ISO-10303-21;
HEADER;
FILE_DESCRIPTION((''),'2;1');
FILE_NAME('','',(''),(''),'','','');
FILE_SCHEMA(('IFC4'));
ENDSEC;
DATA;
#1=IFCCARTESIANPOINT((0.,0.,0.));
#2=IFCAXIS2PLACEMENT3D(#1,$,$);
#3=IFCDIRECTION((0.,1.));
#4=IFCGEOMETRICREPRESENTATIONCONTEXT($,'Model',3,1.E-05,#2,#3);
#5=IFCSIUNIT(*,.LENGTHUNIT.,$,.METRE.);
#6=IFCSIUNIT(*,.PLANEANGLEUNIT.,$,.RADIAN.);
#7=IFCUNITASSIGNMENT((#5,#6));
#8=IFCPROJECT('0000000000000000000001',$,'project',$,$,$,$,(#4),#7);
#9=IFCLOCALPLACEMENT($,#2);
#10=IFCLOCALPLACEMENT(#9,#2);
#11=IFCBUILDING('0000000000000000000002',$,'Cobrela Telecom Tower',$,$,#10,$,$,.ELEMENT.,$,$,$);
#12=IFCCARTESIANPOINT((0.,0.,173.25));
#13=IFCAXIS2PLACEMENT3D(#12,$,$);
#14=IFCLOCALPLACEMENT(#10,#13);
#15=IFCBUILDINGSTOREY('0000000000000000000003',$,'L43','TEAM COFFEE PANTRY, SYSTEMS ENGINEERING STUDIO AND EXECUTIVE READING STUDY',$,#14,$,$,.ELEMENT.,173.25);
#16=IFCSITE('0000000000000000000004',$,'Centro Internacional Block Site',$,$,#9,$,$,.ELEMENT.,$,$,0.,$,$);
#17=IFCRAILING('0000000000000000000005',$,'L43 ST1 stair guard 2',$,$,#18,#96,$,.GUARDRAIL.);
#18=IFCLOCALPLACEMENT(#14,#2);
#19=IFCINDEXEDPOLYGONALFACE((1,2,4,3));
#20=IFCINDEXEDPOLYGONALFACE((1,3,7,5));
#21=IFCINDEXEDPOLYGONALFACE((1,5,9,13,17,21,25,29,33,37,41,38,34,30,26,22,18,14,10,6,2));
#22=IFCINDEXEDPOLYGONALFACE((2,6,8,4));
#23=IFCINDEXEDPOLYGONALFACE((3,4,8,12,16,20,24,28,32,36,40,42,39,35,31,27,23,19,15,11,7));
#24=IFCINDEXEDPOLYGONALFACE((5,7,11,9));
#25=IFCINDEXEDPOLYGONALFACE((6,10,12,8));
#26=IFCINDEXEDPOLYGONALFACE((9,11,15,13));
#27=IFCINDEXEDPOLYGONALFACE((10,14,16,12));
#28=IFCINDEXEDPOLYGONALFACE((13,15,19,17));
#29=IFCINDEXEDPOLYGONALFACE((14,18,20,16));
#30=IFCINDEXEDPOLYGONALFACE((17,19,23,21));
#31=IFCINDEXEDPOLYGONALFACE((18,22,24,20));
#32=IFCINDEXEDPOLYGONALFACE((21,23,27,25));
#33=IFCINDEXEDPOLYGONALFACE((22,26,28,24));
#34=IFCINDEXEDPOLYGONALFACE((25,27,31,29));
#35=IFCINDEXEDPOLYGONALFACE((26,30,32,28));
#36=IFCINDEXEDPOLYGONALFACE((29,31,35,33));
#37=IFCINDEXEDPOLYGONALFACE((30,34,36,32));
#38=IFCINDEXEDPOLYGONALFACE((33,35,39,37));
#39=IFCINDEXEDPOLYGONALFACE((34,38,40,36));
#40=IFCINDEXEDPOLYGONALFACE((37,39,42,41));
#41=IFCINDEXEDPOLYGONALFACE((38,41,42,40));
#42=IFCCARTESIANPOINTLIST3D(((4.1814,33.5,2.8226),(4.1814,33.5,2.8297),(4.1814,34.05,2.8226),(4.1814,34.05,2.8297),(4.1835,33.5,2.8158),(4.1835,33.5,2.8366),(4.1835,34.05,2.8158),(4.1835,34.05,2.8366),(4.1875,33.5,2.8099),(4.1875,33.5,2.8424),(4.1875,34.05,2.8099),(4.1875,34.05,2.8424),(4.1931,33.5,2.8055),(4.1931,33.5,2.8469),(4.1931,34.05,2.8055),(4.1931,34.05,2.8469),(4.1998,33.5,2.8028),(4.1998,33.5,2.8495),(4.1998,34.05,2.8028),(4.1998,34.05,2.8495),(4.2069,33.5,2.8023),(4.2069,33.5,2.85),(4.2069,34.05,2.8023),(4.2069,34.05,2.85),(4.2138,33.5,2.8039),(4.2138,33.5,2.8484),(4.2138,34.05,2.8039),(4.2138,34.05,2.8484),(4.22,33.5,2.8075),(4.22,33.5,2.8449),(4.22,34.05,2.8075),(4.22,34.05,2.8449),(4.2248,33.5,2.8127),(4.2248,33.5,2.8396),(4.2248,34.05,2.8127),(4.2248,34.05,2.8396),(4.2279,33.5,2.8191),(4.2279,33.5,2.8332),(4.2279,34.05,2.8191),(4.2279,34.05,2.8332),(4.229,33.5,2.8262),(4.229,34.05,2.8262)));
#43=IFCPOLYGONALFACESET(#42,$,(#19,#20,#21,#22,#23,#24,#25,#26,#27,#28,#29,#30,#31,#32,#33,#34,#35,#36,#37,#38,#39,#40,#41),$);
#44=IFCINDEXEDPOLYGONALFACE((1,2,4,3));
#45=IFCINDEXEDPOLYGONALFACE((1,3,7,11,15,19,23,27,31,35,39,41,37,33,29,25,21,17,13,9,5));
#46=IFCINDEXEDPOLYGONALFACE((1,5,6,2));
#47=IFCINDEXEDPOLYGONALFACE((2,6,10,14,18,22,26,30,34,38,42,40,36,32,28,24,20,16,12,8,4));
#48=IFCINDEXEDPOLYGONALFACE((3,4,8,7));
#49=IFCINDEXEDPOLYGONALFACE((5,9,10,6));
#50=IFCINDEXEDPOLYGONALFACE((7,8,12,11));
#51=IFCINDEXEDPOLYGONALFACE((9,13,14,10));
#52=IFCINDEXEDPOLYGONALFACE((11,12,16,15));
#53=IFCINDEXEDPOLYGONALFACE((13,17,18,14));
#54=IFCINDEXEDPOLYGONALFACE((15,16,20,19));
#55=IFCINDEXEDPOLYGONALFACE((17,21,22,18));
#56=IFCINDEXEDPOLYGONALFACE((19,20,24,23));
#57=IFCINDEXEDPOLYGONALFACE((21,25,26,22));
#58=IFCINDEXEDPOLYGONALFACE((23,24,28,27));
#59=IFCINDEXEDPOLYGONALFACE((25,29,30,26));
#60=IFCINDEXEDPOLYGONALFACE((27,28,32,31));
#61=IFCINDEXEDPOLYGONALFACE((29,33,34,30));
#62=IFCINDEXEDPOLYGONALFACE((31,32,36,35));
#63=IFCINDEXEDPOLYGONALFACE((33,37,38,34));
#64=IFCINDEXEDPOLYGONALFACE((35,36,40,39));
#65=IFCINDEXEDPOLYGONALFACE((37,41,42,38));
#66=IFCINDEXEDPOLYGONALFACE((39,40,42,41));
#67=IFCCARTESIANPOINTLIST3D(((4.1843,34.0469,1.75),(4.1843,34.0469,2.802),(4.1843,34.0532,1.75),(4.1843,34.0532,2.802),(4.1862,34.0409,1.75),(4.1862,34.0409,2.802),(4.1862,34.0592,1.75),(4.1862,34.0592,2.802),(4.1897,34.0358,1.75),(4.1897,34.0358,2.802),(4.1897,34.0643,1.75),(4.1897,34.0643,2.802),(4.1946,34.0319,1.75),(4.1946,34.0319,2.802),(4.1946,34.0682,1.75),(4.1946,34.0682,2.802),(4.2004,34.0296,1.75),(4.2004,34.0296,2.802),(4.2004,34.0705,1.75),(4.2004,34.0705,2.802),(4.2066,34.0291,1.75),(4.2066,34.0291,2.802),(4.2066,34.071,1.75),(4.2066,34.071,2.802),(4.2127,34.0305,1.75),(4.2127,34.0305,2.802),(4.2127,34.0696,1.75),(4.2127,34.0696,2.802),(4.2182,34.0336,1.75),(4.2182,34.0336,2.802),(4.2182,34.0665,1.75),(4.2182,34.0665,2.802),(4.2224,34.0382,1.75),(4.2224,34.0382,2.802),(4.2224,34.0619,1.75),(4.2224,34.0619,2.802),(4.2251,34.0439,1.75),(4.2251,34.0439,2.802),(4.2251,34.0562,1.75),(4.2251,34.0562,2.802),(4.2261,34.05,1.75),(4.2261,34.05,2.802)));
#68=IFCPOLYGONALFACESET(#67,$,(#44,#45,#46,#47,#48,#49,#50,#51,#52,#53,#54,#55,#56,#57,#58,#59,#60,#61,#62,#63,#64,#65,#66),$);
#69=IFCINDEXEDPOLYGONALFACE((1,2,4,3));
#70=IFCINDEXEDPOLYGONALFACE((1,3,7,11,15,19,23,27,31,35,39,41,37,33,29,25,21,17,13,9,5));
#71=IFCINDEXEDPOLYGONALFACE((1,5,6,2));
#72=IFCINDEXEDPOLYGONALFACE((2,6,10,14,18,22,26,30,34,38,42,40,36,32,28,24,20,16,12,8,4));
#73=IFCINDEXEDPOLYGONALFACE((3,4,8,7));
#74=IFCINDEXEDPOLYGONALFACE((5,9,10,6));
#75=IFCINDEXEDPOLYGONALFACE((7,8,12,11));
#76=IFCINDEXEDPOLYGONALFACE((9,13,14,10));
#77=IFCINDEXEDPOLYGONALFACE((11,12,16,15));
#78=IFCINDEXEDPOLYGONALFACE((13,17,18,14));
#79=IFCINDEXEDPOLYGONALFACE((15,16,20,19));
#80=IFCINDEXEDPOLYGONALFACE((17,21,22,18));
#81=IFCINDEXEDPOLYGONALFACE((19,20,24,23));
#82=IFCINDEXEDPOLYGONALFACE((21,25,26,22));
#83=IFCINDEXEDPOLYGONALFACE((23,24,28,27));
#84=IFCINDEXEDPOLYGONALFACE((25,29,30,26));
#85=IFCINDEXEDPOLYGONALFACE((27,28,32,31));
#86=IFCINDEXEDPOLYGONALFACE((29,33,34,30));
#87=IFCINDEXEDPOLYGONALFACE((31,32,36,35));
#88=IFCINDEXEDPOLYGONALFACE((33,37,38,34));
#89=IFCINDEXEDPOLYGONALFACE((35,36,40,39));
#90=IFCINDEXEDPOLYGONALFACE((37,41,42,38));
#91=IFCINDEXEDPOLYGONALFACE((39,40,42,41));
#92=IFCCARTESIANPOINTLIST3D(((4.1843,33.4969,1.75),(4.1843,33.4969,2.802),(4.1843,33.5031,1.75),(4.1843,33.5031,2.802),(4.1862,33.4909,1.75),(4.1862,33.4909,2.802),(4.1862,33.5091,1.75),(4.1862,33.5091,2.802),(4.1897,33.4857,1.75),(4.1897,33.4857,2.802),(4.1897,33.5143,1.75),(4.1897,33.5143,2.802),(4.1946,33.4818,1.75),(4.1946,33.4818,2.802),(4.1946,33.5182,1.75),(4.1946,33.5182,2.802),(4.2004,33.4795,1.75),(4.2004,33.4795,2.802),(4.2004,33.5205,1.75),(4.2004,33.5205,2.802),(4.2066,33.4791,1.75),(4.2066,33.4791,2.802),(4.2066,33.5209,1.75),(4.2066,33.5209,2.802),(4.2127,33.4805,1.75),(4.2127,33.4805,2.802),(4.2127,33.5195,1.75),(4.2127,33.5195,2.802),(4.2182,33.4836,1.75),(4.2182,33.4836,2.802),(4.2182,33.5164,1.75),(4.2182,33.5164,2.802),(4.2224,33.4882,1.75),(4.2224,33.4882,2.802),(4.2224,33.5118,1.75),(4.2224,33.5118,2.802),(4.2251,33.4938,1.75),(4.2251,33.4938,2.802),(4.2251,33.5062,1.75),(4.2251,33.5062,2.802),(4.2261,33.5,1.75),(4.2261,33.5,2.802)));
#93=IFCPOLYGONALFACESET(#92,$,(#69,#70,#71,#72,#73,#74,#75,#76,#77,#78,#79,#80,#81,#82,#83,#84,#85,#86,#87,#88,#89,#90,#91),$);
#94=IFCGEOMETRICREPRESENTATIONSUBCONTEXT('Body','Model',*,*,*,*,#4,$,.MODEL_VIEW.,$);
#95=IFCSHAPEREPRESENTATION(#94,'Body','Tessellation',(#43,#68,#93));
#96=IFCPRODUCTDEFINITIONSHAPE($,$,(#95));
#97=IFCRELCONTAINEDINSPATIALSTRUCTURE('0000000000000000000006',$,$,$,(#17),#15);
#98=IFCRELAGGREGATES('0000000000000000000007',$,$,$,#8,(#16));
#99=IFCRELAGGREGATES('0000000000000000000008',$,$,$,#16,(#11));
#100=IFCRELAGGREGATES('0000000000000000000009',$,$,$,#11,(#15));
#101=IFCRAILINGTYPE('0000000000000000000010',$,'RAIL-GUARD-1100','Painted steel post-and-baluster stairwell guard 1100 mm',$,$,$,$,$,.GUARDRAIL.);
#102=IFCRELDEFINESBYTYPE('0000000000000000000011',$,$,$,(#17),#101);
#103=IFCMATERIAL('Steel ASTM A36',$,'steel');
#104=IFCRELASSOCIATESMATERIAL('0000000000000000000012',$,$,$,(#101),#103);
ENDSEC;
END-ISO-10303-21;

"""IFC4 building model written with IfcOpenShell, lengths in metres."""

from ifc_helpers import new_model, si_unit, direction, frame, origin, origin_2d, place, context, subcontext, project, spatial, circle, extrude, material, type_object, element, save


model = new_model("IFC4")

# Units and contexts
model_context = context("Model", 3, precision=1e-05, world=origin(), true_north=direction((0.0, 1.0)))
body_context = subcontext(model_context, "Body", "Model", "MODEL_VIEW")
ifc_project = project(units=[si_unit("LENGTHUNIT", "METRE"), si_unit("PLANEANGLEUNIT", "RADIAN")], contexts=[model_context])

# Site, building, storey
site_placement = place(None, origin())
site = spatial("IfcSite", under=ifc_project, at=site_placement, Name="Centro Internacional Block Site", CompositionType="ELEMENT", RefElevation=0.0)
building_placement = place(site_placement, origin())
building = spatial("IfcBuilding", under=site, at=building_placement, Name="Cobrela Telecom Tower", CompositionType="ELEMENT")
storey_placement = place(building_placement, frame((0.0, 0.0, 173.25)))
storey = spatial("IfcBuildingStorey", under=building, at=storey_placement, Name="L43", Description="TEAM COFFEE PANTRY, SYSTEMS ENGINEERING STUDIO AND EXECUTIVE READING STUDY", CompositionType="ELEMENT", Elevation=173.25)

# Shared definitions
ifc_material_1 = material(Name="Steel ASTM A36", Category="steel")

# Railing
railing_type_1 = type_object("IfcRailingType", Name="RAIL-GUARD-1100", Description="Painted steel post-and-baluster stairwell guard 1100 mm", PredefinedType="GUARDRAIL", material=ifc_material_1)
railing_1_placement = place(storey_placement, frame((4.2051, 34.05, 1.75)))
element("IfcRailing", 1, at=railing_1_placement, inside=storey, type_object=railing_type_1, Name="L43 ST1 stair guard 2", PredefinedType="GUARDRAIL", context=body_context, shape_type="SweptSolid", body=[
    extrude(circle(Radius=0.0239, at=origin_2d()), frame((0.0, 0.0, 1.0762), z_axis=(0.0, -1.0, 0.0), x_axis=(1.0, 0.0, 0.0)), (0.0, 0.0, 1.0), 0.55),
    extrude(circle(Radius=0.021, at=origin_2d()), origin(), (0.0, 0.0, 1.0), 1.052),
    extrude(circle(Radius=0.021, at=origin_2d()), frame((0.0, -0.55, 0.0)), (0.0, 0.0, 1.0), 1.052),
])

save(model, "model.ifc")
